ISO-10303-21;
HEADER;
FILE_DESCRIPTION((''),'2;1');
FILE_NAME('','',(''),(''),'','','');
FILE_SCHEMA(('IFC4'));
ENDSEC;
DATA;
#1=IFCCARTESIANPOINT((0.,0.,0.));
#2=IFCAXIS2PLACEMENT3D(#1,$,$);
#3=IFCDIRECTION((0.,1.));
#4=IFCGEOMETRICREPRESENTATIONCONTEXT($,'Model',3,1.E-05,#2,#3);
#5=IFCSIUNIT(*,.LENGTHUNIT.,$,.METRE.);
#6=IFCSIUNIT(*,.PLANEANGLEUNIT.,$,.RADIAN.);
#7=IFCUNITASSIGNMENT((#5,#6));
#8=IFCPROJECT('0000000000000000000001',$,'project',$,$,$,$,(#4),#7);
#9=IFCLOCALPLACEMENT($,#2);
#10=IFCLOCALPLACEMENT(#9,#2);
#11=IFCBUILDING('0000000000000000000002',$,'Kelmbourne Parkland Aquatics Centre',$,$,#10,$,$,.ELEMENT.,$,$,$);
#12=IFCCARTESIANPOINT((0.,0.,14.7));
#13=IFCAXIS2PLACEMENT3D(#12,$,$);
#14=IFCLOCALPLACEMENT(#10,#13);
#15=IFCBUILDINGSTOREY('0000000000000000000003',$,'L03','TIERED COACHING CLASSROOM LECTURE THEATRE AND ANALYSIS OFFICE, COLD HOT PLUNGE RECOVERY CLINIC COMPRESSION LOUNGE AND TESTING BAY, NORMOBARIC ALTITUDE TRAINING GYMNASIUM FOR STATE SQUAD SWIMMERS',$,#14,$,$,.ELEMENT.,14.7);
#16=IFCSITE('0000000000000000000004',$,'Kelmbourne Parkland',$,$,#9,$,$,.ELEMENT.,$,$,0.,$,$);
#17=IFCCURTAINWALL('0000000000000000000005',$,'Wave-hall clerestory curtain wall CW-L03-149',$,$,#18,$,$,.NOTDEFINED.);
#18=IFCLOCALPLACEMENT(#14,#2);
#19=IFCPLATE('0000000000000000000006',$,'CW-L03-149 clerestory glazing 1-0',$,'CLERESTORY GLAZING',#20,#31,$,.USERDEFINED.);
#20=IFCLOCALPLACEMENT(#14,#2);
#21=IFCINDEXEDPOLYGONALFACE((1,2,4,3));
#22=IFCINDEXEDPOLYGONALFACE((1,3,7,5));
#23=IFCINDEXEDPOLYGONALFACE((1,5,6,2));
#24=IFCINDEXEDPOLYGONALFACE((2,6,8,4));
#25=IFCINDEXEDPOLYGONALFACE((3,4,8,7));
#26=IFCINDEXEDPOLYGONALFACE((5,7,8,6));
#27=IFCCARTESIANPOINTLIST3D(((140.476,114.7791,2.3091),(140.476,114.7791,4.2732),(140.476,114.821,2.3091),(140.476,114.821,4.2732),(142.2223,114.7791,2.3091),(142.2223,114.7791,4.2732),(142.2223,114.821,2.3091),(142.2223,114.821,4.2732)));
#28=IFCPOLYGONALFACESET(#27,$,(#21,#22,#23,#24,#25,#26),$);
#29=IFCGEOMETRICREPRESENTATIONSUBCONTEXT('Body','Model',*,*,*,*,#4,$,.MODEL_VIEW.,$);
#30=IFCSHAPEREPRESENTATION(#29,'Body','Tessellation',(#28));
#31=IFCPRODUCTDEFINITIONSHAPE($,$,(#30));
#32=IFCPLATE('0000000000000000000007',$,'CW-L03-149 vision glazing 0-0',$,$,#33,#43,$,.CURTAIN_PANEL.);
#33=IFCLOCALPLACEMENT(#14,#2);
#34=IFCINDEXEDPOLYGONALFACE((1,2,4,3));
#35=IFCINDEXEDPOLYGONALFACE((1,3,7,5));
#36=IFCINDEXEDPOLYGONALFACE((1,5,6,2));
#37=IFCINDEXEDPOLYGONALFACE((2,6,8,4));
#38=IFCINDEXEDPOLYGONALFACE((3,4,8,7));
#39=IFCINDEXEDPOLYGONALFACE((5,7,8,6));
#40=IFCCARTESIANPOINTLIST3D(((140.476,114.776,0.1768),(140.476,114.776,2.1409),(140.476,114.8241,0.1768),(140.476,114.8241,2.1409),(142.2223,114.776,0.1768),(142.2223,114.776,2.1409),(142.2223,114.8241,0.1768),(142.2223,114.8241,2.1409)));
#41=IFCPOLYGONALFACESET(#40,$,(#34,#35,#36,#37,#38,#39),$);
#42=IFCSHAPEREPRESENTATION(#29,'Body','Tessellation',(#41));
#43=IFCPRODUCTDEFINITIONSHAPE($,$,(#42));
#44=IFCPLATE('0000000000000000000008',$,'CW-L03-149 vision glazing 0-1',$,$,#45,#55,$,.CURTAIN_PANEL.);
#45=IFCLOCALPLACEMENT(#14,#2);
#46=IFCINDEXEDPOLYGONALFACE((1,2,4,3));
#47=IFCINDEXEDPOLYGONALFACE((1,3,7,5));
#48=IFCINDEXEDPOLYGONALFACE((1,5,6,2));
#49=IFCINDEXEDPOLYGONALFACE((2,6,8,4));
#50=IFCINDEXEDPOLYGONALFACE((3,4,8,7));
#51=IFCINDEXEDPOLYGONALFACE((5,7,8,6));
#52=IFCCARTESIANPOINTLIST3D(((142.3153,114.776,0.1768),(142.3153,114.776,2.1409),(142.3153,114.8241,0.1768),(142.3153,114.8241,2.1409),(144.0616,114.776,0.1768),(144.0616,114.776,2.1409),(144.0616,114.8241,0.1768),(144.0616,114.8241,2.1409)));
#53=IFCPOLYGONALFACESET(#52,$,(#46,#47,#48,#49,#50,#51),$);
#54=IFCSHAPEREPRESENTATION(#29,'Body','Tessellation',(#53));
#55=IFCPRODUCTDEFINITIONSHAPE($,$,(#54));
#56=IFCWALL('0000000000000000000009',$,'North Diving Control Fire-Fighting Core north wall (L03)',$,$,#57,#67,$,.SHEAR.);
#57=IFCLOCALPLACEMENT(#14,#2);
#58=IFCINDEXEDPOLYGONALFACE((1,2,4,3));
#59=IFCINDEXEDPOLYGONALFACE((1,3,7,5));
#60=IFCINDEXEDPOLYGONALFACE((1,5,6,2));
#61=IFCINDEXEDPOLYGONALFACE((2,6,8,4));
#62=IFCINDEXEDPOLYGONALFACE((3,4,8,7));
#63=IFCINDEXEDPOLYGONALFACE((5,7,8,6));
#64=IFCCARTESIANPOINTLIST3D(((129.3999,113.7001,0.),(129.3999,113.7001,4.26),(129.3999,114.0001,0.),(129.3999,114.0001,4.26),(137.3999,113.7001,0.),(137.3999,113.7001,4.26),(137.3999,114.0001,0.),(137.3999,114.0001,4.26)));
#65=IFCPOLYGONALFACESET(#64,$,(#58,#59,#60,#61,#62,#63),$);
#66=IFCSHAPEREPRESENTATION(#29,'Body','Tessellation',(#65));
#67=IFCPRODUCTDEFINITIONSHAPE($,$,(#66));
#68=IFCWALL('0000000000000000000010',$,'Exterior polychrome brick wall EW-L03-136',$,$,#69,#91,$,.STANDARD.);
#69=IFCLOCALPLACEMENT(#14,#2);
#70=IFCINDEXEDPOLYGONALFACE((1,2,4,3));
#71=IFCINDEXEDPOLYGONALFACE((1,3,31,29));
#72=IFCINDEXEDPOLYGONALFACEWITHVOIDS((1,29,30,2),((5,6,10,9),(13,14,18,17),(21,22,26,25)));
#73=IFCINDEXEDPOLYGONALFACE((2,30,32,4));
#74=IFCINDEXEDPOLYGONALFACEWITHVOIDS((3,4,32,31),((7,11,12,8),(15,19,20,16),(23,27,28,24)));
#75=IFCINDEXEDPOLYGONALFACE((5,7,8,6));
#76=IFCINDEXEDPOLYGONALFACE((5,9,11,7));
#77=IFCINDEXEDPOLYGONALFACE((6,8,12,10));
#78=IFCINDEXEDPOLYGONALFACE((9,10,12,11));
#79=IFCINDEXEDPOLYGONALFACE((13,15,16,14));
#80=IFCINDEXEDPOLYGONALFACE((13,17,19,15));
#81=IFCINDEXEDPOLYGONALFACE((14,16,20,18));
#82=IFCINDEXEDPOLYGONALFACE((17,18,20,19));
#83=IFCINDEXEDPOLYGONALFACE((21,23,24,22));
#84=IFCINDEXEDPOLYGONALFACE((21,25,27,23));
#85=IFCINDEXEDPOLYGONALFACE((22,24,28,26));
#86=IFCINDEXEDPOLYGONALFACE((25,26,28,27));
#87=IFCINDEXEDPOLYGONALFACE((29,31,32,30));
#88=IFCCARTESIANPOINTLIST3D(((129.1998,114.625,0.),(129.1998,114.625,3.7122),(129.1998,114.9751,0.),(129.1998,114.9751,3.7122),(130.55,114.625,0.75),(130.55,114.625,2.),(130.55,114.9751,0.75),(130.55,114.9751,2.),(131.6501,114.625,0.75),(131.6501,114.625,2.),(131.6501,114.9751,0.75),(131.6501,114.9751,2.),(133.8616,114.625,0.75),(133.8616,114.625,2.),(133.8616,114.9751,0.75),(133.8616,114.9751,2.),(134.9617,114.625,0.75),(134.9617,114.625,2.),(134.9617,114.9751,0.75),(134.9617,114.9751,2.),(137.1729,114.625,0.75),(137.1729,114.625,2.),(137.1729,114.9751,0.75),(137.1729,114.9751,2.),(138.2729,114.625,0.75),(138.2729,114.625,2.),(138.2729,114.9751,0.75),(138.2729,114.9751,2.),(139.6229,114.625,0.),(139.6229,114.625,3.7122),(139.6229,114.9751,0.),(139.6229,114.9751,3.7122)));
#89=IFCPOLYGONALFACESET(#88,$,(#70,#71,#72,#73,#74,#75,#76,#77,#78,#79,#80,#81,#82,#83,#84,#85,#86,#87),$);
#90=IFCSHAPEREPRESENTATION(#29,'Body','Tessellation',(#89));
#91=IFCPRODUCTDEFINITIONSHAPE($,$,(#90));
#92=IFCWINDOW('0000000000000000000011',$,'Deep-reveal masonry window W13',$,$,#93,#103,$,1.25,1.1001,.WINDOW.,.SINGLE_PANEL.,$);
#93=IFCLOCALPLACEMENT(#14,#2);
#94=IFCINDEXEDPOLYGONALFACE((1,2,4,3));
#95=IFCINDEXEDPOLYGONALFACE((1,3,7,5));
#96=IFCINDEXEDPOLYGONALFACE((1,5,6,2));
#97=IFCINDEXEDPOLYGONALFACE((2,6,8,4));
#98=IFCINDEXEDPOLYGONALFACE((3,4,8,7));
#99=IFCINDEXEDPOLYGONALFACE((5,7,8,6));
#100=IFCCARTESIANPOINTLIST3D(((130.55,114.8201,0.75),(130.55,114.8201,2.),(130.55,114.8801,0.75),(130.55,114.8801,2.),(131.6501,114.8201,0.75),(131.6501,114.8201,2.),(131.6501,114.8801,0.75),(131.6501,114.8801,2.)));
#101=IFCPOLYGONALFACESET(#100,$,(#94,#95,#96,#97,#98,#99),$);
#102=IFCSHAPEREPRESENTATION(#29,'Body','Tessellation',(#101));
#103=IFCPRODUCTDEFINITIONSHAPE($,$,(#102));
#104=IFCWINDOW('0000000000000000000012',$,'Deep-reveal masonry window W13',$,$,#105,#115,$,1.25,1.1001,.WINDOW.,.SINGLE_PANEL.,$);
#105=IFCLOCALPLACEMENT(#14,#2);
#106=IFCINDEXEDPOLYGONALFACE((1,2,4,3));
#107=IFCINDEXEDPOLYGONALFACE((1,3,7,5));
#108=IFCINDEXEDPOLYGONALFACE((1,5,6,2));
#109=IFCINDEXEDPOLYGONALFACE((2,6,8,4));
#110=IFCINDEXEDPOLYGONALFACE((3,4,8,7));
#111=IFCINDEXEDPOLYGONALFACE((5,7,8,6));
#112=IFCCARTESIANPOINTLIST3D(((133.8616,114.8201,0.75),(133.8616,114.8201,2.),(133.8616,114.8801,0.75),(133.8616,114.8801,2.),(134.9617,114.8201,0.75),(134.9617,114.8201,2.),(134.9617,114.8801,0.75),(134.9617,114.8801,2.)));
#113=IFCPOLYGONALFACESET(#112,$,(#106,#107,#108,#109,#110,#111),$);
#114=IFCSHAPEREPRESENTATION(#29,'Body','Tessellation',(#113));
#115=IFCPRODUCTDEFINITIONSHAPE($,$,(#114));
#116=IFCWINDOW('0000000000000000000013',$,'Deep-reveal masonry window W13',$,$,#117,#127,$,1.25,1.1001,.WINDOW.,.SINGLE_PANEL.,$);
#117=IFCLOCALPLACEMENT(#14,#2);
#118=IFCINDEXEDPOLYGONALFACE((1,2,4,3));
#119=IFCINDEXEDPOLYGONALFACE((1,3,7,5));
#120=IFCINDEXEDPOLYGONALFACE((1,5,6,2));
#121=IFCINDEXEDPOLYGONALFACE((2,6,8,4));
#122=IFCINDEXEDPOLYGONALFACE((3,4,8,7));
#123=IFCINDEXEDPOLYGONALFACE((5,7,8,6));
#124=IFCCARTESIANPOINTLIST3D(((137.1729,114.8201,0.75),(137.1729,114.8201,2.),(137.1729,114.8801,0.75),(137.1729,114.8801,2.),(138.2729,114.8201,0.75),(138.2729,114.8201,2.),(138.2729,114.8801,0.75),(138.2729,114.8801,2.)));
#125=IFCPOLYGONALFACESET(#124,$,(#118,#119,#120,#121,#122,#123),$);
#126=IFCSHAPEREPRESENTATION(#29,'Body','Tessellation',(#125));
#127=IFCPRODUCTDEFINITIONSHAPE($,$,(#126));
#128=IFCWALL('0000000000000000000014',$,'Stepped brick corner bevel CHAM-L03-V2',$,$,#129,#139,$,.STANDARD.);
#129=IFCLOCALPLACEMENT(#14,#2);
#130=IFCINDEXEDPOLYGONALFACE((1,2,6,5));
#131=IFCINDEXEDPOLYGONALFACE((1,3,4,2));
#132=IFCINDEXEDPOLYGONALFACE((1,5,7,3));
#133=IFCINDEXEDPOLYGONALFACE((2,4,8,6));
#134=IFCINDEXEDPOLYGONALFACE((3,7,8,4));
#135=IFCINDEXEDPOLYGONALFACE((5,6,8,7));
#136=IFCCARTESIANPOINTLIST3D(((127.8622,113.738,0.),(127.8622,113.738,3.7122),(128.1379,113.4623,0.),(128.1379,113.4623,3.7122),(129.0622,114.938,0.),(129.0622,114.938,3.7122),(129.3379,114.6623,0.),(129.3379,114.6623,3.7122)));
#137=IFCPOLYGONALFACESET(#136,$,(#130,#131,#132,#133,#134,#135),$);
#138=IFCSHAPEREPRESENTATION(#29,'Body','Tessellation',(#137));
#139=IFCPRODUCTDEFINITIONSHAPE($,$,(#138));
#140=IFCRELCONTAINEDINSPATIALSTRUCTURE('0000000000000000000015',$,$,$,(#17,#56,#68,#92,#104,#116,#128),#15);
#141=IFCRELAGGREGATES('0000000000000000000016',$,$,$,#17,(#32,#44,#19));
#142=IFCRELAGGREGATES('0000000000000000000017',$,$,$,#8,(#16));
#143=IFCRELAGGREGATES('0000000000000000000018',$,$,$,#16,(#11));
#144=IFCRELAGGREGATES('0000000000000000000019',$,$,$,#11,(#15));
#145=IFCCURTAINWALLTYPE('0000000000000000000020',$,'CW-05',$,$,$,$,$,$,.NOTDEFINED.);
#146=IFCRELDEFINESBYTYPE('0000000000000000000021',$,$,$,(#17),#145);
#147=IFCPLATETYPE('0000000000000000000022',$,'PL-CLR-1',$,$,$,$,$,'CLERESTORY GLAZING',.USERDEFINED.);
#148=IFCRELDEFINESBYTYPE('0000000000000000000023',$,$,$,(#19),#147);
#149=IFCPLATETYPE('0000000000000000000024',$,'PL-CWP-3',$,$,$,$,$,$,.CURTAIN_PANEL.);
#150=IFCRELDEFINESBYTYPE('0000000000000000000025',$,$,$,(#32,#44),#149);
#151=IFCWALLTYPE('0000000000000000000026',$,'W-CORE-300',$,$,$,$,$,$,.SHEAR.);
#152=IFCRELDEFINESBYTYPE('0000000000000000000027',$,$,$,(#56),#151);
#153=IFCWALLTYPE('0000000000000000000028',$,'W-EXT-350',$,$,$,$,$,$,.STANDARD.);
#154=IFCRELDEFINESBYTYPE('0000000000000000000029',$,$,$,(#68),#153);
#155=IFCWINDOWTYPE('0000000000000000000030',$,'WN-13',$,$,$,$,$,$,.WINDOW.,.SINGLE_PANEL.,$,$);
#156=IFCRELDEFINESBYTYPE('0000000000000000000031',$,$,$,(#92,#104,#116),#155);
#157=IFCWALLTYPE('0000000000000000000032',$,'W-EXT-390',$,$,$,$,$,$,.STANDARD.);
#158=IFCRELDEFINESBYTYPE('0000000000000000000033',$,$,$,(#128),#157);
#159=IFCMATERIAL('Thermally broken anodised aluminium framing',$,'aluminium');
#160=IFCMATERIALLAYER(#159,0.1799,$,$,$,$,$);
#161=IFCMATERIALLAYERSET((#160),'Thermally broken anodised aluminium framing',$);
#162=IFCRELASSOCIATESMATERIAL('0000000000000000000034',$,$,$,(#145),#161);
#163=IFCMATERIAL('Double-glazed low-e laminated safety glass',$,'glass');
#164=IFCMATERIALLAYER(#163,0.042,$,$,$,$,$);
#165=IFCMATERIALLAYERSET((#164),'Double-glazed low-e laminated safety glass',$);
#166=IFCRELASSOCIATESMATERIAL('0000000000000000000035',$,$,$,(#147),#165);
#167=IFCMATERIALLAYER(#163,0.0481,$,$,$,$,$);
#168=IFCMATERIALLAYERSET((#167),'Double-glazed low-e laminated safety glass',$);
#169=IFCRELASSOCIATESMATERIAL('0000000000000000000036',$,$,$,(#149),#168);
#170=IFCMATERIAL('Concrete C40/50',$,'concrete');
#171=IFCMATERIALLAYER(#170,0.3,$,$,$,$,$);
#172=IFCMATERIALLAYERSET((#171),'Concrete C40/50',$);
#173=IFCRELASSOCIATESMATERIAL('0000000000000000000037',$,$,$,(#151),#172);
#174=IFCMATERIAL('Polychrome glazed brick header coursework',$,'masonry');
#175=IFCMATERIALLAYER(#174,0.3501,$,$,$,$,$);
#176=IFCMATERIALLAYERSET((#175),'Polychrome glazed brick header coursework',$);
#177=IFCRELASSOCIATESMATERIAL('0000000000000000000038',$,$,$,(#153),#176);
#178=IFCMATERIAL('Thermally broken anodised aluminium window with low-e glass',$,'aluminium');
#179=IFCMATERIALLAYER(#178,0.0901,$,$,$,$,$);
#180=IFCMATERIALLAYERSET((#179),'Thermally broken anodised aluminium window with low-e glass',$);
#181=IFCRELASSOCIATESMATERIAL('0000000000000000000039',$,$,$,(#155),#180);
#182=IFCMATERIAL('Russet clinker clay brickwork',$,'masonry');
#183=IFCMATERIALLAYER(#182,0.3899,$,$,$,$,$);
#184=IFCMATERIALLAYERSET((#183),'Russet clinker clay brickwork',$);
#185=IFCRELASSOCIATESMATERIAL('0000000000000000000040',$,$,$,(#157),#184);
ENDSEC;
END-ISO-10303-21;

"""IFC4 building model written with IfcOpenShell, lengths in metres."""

from ifc_helpers import new_model, si_unit, direction, frame, frame_2d, origin, origin_2d, place, context, subcontext, project, spatial, rectangle, extrude, material, layer, layer_set, type_object, element, fill, aggregate, save


model = new_model("IFC4")

# Units and contexts
model_context = context("Model", 3, precision=1e-05, world=origin(), true_north=direction((0.0, 1.0)))
body_context = subcontext(model_context, "Body", "Model", "MODEL_VIEW")
ifc_project = project(units=[si_unit("LENGTHUNIT", "METRE"), si_unit("PLANEANGLEUNIT", "RADIAN")], contexts=[model_context])

# Site, building, storey
site_placement = place(None, origin())
site = spatial("IfcSite", under=ifc_project, at=site_placement, Name="Kelmbourne Parkland", CompositionType="ELEMENT", RefElevation=0.0)
building_placement = place(site_placement, origin())
building = spatial("IfcBuilding", under=site, at=building_placement, Name="Kelmbourne Parkland Aquatics Centre", CompositionType="ELEMENT")
storey_placement = place(building_placement, frame((0.0, 0.0, 14.7)))
storey = spatial("IfcBuildingStorey", under=building, at=storey_placement, Name="L03", Description="TIERED COACHING CLASSROOM LECTURE THEATRE AND ANALYSIS OFFICE, COLD HOT PLUNGE RECOVERY CLINIC COMPRESSION LOUNGE AND TESTING BAY, NORMOBARIC ALTITUDE TRAINING GYMNASIUM FOR STATE SQUAD SWIMMERS", CompositionType="ELEMENT", Elevation=14.7)

# Shared definitions
ifc_material_1 = material(Name="Concrete C40/50", Category="concrete")

# Curtain wall, plates
ifc_material_2 = material(Name="Thermally broken anodised aluminium framing", Category="aluminium")
ifc_layer_1 = layer(ifc_material_2, 0.1799)
ifc_layer_set_1 = layer_set([ifc_layer_1], Name="Thermally broken anodised aluminium framing")
curtain_wall_type = type_object("IfcCurtainWallType", Name="CW-05", PredefinedType="NOTDEFINED", material=ifc_layer_set_1)
curtain_wall_placement = place(storey_placement, origin())
curtain_wall = element("IfcCurtainWall", 1, at=curtain_wall_placement, inside=storey, type_object=curtain_wall_type, Name="Wave-hall clerestory curtain wall CW-L03-149", PredefinedType="NOTDEFINED")
ifc_material_3 = material(Name="Double-glazed low-e laminated safety glass", Category="glass")
ifc_layer_2 = layer(ifc_material_3, 0.042)
ifc_layer_set_2 = layer_set([ifc_layer_2], Name="Double-glazed low-e laminated safety glass")
plate_type_1 = type_object("IfcPlateType", Name="PL-CLR-1", ElementType="CLERESTORY GLAZING", PredefinedType="USERDEFINED", material=ifc_layer_set_2)
plate_1_placement = place(storey_placement, frame((141.3491, 114.8, 2.3091), z_axis=(0.0, 0.0, 1.0), x_axis=(1.0, 0.0, 0.0)))
plate_1 = element("IfcPlate", 2, at=plate_1_placement, type_object=plate_type_1, Name="CW-L03-149 clerestory glazing 1-0", ObjectType="CLERESTORY GLAZING", PredefinedType="USERDEFINED", context=body_context, shape_type="SweptSolid", body=[
    extrude(rectangle(XDim=1.7463, YDim=0.042, at=origin_2d()), origin(), (0.0, 0.0, 1.0), 1.9641),
])
ifc_layer_3 = layer(ifc_material_3, 0.0481)
ifc_layer_set_3 = layer_set([ifc_layer_3], Name="Double-glazed low-e laminated safety glass")
plate_type_2 = type_object("IfcPlateType", Name="PL-CWP-3", PredefinedType="CURTAIN_PANEL", material=ifc_layer_set_3)
plate_2_placement = place(storey_placement, frame((141.3491, 114.8, 0.1768), z_axis=(0.0, 0.0, 1.0), x_axis=(1.0, 0.0, 0.0)))
plate_2 = element("IfcPlate", 3, at=plate_2_placement, type_object=plate_type_2, Name="CW-L03-149 vision glazing 0-0", PredefinedType="CURTAIN_PANEL", context=body_context, shape_type="SweptSolid", body=[
    extrude(rectangle(XDim=1.7463, YDim=0.0481, at=origin_2d()), origin(), (0.0, 0.0, 1.0), 1.9641),
])
plate_3_placement = place(storey_placement, frame((143.1885, 114.8, 0.1768), z_axis=(0.0, 0.0, 1.0), x_axis=(1.0, 0.0, 0.0)))
plate_3 = element("IfcPlate", 4, at=plate_3_placement, type_object=plate_type_2, Name="CW-L03-149 vision glazing 0-1", PredefinedType="CURTAIN_PANEL", context=body_context, shape_type="SweptSolid", body=[
    extrude(rectangle(XDim=1.7463, YDim=0.0481, at=origin_2d()), origin(), (0.0, 0.0, 1.0), 1.9641),
])
aggregate(curtain_wall, [plate_2, plate_3, plate_1])

# Wall
ifc_layer_4 = layer(ifc_material_1, 0.3)
ifc_layer_set_4 = layer_set([ifc_layer_4], Name="Concrete C40/50")
wall_type_1 = type_object("IfcWallType", Name="W-CORE-300", PredefinedType="SHEAR", material=ifc_layer_set_4)
wall_1_placement = place(storey_placement, frame((129.3999, 113.8501, 0.0), z_axis=(0.0, 0.0, 1.0), x_axis=(1.0, 0.0, 0.0)))
element("IfcWall", 5, at=wall_1_placement, inside=storey, type_object=wall_type_1, Name="North Diving Control Fire-Fighting Core north wall (L03)", PredefinedType="SHEAR", context=body_context, shape_type="SweptSolid", body=[
    extrude(rectangle(XDim=8.0, YDim=0.3, at=frame_2d((4.0, 0.0))), origin(), (0.0, 0.0, 1.0), 4.26),
])

# Wall, openings, windows
ifc_material_4 = material(Name="Polychrome glazed brick header coursework", Category="masonry")
ifc_layer_5 = layer(ifc_material_4, 0.3501)
ifc_layer_set_5 = layer_set([ifc_layer_5], Name="Polychrome glazed brick header coursework")
wall_type_2 = type_object("IfcWallType", Name="W-EXT-350", PredefinedType="STANDARD", material=ifc_layer_set_5)
wall_2_placement = place(storey_placement, frame((129.2, 114.8, 0.0), z_axis=(0.0, 0.0, 1.0), x_axis=(1.0, 0.0, 0.0)))
wall_2 = element("IfcWall", 6, at=wall_2_placement, inside=storey, type_object=wall_type_2, Name="Exterior polychrome brick wall EW-L03-136", PredefinedType="STANDARD", context=body_context, shape_type="SweptSolid", body=[
    extrude(rectangle(XDim=10.4231, YDim=0.3501, at=frame_2d((5.2114, 0.0))), origin(), (0.0, 0.0, 1.0), 3.7122),
])
opening_1_placement = place(wall_2_placement, frame((1.3501, 0.0, 0.75)))
opening_1 = element("IfcOpeningElement", 7, at=opening_1_placement, cuts=wall_2, PredefinedType="OPENING", context=body_context, shape_type="SweptSolid", body=[
    extrude(rectangle(XDim=1.1001, YDim=1.25, at=frame_2d((0.55, 0.625))), frame((0.0, 0.187, 0.0), z_axis=(0.0, -1.0, 0.0), x_axis=(1.0, 0.0, 0.0)), (0.0, 0.0, 1.0), 0.374),
])
opening_2_placement = place(wall_2_placement, frame((4.6616, 0.0, 0.75)))
opening_2 = element("IfcOpeningElement", 8, at=opening_2_placement, cuts=wall_2, PredefinedType="OPENING", context=body_context, shape_type="SweptSolid", body=[
    extrude(rectangle(XDim=1.1001, YDim=1.25, at=frame_2d((0.55, 0.625))), frame((0.0, 0.187, 0.0), z_axis=(0.0, -1.0, 0.0), x_axis=(1.0, 0.0, 0.0)), (0.0, 0.0, 1.0), 0.374),
])
opening_3_placement = place(wall_2_placement, frame((7.9729, 0.0, 0.75)))
opening_3 = element("IfcOpeningElement", 9, at=opening_3_placement, cuts=wall_2, PredefinedType="OPENING", context=body_context, shape_type="SweptSolid", body=[
    extrude(rectangle(XDim=1.1001, YDim=1.25, at=frame_2d((0.55, 0.625))), frame((0.0, 0.187, 0.0), z_axis=(0.0, -1.0, 0.0), x_axis=(1.0, 0.0, 0.0)), (0.0, 0.0, 1.0), 0.374),
])
ifc_material_5 = material(Name="Thermally broken anodised aluminium window with low-e glass", Category="aluminium")
ifc_layer_6 = layer(ifc_material_5, 0.0901)
ifc_layer_set_6 = layer_set([ifc_layer_6], Name="Thermally broken anodised aluminium window with low-e glass")
window_type = type_object("IfcWindowType", Name="WN-13", PartitioningType="SINGLE_PANEL", PredefinedType="WINDOW", material=ifc_layer_set_6)
window_1_placement = place(opening_1_placement, origin())
window_1 = element("IfcWindow", 10, at=window_1_placement, inside=storey, type_object=window_type, Name="Deep-reveal masonry window W13", OverallHeight=1.25, OverallWidth=1.1001, PartitioningType="SINGLE_PANEL", PredefinedType="WINDOW", context=body_context, shape_type="SweptSolid", body=[
    extrude(rectangle(XDim=1.1001, YDim=1.25, at=frame_2d((0.55, 0.625))), frame((0.0, 0.0801, 0.0), z_axis=(0.0, -1.0, 0.0), x_axis=(1.0, 0.0, 0.0)), (0.0, 0.0, 1.0), 0.0601),
])
fill(opening_1, window_1)
window_2_placement = place(opening_2_placement, origin())
window_2 = element("IfcWindow", 11, at=window_2_placement, inside=storey, type_object=window_type, Name="Deep-reveal masonry window W13", OverallHeight=1.25, OverallWidth=1.1001, PartitioningType="SINGLE_PANEL", PredefinedType="WINDOW", context=body_context, shape_type="SweptSolid", body=[
    extrude(rectangle(XDim=1.1001, YDim=1.25, at=frame_2d((0.55, 0.625))), frame((0.0, 0.0801, 0.0), z_axis=(0.0, -1.0, 0.0), x_axis=(1.0, 0.0, 0.0)), (0.0, 0.0, 1.0), 0.0601),
])
fill(opening_2, window_2)
window_3_placement = place(opening_3_placement, origin())
window_3 = element("IfcWindow", 12, at=window_3_placement, inside=storey, type_object=window_type, Name="Deep-reveal masonry window W13", OverallHeight=1.25, OverallWidth=1.1001, PartitioningType="SINGLE_PANEL", PredefinedType="WINDOW", context=body_context, shape_type="SweptSolid", body=[
    extrude(rectangle(XDim=1.1001, YDim=1.25, at=frame_2d((0.55, 0.625))), frame((0.0, 0.0801, 0.0), z_axis=(0.0, -1.0, 0.0), x_axis=(1.0, 0.0, 0.0)), (0.0, 0.0, 1.0), 0.0601),
])
fill(opening_3, window_3)

# Wall
ifc_material_6 = material(Name="Russet clinker clay brickwork", Category="masonry")
ifc_layer_7 = layer(ifc_material_6, 0.3899)
ifc_layer_set_7 = layer_set([ifc_layer_7], Name="Russet clinker clay brickwork")
wall_type_3 = type_object("IfcWallType", Name="W-EXT-390", PredefinedType="STANDARD", material=ifc_layer_set_7)
wall_3_placement = place(storey_placement, frame((128.0, 113.6001, 0.0), z_axis=(0.0, 0.0, 1.0), x_axis=(0.707107, 0.707107, 0.0)))
element("IfcWall", 13, at=wall_3_placement, inside=storey, type_object=wall_type_3, Name="Stepped brick corner bevel CHAM-L03-V2", PredefinedType="STANDARD", context=body_context, shape_type="SweptSolid", body=[
    extrude(rectangle(XDim=1.697, YDim=0.3899, at=frame_2d((0.8486, 0.0))), origin(), (0.0, 0.0, 1.0), 3.7122),
])

save(model, "model.ifc")
